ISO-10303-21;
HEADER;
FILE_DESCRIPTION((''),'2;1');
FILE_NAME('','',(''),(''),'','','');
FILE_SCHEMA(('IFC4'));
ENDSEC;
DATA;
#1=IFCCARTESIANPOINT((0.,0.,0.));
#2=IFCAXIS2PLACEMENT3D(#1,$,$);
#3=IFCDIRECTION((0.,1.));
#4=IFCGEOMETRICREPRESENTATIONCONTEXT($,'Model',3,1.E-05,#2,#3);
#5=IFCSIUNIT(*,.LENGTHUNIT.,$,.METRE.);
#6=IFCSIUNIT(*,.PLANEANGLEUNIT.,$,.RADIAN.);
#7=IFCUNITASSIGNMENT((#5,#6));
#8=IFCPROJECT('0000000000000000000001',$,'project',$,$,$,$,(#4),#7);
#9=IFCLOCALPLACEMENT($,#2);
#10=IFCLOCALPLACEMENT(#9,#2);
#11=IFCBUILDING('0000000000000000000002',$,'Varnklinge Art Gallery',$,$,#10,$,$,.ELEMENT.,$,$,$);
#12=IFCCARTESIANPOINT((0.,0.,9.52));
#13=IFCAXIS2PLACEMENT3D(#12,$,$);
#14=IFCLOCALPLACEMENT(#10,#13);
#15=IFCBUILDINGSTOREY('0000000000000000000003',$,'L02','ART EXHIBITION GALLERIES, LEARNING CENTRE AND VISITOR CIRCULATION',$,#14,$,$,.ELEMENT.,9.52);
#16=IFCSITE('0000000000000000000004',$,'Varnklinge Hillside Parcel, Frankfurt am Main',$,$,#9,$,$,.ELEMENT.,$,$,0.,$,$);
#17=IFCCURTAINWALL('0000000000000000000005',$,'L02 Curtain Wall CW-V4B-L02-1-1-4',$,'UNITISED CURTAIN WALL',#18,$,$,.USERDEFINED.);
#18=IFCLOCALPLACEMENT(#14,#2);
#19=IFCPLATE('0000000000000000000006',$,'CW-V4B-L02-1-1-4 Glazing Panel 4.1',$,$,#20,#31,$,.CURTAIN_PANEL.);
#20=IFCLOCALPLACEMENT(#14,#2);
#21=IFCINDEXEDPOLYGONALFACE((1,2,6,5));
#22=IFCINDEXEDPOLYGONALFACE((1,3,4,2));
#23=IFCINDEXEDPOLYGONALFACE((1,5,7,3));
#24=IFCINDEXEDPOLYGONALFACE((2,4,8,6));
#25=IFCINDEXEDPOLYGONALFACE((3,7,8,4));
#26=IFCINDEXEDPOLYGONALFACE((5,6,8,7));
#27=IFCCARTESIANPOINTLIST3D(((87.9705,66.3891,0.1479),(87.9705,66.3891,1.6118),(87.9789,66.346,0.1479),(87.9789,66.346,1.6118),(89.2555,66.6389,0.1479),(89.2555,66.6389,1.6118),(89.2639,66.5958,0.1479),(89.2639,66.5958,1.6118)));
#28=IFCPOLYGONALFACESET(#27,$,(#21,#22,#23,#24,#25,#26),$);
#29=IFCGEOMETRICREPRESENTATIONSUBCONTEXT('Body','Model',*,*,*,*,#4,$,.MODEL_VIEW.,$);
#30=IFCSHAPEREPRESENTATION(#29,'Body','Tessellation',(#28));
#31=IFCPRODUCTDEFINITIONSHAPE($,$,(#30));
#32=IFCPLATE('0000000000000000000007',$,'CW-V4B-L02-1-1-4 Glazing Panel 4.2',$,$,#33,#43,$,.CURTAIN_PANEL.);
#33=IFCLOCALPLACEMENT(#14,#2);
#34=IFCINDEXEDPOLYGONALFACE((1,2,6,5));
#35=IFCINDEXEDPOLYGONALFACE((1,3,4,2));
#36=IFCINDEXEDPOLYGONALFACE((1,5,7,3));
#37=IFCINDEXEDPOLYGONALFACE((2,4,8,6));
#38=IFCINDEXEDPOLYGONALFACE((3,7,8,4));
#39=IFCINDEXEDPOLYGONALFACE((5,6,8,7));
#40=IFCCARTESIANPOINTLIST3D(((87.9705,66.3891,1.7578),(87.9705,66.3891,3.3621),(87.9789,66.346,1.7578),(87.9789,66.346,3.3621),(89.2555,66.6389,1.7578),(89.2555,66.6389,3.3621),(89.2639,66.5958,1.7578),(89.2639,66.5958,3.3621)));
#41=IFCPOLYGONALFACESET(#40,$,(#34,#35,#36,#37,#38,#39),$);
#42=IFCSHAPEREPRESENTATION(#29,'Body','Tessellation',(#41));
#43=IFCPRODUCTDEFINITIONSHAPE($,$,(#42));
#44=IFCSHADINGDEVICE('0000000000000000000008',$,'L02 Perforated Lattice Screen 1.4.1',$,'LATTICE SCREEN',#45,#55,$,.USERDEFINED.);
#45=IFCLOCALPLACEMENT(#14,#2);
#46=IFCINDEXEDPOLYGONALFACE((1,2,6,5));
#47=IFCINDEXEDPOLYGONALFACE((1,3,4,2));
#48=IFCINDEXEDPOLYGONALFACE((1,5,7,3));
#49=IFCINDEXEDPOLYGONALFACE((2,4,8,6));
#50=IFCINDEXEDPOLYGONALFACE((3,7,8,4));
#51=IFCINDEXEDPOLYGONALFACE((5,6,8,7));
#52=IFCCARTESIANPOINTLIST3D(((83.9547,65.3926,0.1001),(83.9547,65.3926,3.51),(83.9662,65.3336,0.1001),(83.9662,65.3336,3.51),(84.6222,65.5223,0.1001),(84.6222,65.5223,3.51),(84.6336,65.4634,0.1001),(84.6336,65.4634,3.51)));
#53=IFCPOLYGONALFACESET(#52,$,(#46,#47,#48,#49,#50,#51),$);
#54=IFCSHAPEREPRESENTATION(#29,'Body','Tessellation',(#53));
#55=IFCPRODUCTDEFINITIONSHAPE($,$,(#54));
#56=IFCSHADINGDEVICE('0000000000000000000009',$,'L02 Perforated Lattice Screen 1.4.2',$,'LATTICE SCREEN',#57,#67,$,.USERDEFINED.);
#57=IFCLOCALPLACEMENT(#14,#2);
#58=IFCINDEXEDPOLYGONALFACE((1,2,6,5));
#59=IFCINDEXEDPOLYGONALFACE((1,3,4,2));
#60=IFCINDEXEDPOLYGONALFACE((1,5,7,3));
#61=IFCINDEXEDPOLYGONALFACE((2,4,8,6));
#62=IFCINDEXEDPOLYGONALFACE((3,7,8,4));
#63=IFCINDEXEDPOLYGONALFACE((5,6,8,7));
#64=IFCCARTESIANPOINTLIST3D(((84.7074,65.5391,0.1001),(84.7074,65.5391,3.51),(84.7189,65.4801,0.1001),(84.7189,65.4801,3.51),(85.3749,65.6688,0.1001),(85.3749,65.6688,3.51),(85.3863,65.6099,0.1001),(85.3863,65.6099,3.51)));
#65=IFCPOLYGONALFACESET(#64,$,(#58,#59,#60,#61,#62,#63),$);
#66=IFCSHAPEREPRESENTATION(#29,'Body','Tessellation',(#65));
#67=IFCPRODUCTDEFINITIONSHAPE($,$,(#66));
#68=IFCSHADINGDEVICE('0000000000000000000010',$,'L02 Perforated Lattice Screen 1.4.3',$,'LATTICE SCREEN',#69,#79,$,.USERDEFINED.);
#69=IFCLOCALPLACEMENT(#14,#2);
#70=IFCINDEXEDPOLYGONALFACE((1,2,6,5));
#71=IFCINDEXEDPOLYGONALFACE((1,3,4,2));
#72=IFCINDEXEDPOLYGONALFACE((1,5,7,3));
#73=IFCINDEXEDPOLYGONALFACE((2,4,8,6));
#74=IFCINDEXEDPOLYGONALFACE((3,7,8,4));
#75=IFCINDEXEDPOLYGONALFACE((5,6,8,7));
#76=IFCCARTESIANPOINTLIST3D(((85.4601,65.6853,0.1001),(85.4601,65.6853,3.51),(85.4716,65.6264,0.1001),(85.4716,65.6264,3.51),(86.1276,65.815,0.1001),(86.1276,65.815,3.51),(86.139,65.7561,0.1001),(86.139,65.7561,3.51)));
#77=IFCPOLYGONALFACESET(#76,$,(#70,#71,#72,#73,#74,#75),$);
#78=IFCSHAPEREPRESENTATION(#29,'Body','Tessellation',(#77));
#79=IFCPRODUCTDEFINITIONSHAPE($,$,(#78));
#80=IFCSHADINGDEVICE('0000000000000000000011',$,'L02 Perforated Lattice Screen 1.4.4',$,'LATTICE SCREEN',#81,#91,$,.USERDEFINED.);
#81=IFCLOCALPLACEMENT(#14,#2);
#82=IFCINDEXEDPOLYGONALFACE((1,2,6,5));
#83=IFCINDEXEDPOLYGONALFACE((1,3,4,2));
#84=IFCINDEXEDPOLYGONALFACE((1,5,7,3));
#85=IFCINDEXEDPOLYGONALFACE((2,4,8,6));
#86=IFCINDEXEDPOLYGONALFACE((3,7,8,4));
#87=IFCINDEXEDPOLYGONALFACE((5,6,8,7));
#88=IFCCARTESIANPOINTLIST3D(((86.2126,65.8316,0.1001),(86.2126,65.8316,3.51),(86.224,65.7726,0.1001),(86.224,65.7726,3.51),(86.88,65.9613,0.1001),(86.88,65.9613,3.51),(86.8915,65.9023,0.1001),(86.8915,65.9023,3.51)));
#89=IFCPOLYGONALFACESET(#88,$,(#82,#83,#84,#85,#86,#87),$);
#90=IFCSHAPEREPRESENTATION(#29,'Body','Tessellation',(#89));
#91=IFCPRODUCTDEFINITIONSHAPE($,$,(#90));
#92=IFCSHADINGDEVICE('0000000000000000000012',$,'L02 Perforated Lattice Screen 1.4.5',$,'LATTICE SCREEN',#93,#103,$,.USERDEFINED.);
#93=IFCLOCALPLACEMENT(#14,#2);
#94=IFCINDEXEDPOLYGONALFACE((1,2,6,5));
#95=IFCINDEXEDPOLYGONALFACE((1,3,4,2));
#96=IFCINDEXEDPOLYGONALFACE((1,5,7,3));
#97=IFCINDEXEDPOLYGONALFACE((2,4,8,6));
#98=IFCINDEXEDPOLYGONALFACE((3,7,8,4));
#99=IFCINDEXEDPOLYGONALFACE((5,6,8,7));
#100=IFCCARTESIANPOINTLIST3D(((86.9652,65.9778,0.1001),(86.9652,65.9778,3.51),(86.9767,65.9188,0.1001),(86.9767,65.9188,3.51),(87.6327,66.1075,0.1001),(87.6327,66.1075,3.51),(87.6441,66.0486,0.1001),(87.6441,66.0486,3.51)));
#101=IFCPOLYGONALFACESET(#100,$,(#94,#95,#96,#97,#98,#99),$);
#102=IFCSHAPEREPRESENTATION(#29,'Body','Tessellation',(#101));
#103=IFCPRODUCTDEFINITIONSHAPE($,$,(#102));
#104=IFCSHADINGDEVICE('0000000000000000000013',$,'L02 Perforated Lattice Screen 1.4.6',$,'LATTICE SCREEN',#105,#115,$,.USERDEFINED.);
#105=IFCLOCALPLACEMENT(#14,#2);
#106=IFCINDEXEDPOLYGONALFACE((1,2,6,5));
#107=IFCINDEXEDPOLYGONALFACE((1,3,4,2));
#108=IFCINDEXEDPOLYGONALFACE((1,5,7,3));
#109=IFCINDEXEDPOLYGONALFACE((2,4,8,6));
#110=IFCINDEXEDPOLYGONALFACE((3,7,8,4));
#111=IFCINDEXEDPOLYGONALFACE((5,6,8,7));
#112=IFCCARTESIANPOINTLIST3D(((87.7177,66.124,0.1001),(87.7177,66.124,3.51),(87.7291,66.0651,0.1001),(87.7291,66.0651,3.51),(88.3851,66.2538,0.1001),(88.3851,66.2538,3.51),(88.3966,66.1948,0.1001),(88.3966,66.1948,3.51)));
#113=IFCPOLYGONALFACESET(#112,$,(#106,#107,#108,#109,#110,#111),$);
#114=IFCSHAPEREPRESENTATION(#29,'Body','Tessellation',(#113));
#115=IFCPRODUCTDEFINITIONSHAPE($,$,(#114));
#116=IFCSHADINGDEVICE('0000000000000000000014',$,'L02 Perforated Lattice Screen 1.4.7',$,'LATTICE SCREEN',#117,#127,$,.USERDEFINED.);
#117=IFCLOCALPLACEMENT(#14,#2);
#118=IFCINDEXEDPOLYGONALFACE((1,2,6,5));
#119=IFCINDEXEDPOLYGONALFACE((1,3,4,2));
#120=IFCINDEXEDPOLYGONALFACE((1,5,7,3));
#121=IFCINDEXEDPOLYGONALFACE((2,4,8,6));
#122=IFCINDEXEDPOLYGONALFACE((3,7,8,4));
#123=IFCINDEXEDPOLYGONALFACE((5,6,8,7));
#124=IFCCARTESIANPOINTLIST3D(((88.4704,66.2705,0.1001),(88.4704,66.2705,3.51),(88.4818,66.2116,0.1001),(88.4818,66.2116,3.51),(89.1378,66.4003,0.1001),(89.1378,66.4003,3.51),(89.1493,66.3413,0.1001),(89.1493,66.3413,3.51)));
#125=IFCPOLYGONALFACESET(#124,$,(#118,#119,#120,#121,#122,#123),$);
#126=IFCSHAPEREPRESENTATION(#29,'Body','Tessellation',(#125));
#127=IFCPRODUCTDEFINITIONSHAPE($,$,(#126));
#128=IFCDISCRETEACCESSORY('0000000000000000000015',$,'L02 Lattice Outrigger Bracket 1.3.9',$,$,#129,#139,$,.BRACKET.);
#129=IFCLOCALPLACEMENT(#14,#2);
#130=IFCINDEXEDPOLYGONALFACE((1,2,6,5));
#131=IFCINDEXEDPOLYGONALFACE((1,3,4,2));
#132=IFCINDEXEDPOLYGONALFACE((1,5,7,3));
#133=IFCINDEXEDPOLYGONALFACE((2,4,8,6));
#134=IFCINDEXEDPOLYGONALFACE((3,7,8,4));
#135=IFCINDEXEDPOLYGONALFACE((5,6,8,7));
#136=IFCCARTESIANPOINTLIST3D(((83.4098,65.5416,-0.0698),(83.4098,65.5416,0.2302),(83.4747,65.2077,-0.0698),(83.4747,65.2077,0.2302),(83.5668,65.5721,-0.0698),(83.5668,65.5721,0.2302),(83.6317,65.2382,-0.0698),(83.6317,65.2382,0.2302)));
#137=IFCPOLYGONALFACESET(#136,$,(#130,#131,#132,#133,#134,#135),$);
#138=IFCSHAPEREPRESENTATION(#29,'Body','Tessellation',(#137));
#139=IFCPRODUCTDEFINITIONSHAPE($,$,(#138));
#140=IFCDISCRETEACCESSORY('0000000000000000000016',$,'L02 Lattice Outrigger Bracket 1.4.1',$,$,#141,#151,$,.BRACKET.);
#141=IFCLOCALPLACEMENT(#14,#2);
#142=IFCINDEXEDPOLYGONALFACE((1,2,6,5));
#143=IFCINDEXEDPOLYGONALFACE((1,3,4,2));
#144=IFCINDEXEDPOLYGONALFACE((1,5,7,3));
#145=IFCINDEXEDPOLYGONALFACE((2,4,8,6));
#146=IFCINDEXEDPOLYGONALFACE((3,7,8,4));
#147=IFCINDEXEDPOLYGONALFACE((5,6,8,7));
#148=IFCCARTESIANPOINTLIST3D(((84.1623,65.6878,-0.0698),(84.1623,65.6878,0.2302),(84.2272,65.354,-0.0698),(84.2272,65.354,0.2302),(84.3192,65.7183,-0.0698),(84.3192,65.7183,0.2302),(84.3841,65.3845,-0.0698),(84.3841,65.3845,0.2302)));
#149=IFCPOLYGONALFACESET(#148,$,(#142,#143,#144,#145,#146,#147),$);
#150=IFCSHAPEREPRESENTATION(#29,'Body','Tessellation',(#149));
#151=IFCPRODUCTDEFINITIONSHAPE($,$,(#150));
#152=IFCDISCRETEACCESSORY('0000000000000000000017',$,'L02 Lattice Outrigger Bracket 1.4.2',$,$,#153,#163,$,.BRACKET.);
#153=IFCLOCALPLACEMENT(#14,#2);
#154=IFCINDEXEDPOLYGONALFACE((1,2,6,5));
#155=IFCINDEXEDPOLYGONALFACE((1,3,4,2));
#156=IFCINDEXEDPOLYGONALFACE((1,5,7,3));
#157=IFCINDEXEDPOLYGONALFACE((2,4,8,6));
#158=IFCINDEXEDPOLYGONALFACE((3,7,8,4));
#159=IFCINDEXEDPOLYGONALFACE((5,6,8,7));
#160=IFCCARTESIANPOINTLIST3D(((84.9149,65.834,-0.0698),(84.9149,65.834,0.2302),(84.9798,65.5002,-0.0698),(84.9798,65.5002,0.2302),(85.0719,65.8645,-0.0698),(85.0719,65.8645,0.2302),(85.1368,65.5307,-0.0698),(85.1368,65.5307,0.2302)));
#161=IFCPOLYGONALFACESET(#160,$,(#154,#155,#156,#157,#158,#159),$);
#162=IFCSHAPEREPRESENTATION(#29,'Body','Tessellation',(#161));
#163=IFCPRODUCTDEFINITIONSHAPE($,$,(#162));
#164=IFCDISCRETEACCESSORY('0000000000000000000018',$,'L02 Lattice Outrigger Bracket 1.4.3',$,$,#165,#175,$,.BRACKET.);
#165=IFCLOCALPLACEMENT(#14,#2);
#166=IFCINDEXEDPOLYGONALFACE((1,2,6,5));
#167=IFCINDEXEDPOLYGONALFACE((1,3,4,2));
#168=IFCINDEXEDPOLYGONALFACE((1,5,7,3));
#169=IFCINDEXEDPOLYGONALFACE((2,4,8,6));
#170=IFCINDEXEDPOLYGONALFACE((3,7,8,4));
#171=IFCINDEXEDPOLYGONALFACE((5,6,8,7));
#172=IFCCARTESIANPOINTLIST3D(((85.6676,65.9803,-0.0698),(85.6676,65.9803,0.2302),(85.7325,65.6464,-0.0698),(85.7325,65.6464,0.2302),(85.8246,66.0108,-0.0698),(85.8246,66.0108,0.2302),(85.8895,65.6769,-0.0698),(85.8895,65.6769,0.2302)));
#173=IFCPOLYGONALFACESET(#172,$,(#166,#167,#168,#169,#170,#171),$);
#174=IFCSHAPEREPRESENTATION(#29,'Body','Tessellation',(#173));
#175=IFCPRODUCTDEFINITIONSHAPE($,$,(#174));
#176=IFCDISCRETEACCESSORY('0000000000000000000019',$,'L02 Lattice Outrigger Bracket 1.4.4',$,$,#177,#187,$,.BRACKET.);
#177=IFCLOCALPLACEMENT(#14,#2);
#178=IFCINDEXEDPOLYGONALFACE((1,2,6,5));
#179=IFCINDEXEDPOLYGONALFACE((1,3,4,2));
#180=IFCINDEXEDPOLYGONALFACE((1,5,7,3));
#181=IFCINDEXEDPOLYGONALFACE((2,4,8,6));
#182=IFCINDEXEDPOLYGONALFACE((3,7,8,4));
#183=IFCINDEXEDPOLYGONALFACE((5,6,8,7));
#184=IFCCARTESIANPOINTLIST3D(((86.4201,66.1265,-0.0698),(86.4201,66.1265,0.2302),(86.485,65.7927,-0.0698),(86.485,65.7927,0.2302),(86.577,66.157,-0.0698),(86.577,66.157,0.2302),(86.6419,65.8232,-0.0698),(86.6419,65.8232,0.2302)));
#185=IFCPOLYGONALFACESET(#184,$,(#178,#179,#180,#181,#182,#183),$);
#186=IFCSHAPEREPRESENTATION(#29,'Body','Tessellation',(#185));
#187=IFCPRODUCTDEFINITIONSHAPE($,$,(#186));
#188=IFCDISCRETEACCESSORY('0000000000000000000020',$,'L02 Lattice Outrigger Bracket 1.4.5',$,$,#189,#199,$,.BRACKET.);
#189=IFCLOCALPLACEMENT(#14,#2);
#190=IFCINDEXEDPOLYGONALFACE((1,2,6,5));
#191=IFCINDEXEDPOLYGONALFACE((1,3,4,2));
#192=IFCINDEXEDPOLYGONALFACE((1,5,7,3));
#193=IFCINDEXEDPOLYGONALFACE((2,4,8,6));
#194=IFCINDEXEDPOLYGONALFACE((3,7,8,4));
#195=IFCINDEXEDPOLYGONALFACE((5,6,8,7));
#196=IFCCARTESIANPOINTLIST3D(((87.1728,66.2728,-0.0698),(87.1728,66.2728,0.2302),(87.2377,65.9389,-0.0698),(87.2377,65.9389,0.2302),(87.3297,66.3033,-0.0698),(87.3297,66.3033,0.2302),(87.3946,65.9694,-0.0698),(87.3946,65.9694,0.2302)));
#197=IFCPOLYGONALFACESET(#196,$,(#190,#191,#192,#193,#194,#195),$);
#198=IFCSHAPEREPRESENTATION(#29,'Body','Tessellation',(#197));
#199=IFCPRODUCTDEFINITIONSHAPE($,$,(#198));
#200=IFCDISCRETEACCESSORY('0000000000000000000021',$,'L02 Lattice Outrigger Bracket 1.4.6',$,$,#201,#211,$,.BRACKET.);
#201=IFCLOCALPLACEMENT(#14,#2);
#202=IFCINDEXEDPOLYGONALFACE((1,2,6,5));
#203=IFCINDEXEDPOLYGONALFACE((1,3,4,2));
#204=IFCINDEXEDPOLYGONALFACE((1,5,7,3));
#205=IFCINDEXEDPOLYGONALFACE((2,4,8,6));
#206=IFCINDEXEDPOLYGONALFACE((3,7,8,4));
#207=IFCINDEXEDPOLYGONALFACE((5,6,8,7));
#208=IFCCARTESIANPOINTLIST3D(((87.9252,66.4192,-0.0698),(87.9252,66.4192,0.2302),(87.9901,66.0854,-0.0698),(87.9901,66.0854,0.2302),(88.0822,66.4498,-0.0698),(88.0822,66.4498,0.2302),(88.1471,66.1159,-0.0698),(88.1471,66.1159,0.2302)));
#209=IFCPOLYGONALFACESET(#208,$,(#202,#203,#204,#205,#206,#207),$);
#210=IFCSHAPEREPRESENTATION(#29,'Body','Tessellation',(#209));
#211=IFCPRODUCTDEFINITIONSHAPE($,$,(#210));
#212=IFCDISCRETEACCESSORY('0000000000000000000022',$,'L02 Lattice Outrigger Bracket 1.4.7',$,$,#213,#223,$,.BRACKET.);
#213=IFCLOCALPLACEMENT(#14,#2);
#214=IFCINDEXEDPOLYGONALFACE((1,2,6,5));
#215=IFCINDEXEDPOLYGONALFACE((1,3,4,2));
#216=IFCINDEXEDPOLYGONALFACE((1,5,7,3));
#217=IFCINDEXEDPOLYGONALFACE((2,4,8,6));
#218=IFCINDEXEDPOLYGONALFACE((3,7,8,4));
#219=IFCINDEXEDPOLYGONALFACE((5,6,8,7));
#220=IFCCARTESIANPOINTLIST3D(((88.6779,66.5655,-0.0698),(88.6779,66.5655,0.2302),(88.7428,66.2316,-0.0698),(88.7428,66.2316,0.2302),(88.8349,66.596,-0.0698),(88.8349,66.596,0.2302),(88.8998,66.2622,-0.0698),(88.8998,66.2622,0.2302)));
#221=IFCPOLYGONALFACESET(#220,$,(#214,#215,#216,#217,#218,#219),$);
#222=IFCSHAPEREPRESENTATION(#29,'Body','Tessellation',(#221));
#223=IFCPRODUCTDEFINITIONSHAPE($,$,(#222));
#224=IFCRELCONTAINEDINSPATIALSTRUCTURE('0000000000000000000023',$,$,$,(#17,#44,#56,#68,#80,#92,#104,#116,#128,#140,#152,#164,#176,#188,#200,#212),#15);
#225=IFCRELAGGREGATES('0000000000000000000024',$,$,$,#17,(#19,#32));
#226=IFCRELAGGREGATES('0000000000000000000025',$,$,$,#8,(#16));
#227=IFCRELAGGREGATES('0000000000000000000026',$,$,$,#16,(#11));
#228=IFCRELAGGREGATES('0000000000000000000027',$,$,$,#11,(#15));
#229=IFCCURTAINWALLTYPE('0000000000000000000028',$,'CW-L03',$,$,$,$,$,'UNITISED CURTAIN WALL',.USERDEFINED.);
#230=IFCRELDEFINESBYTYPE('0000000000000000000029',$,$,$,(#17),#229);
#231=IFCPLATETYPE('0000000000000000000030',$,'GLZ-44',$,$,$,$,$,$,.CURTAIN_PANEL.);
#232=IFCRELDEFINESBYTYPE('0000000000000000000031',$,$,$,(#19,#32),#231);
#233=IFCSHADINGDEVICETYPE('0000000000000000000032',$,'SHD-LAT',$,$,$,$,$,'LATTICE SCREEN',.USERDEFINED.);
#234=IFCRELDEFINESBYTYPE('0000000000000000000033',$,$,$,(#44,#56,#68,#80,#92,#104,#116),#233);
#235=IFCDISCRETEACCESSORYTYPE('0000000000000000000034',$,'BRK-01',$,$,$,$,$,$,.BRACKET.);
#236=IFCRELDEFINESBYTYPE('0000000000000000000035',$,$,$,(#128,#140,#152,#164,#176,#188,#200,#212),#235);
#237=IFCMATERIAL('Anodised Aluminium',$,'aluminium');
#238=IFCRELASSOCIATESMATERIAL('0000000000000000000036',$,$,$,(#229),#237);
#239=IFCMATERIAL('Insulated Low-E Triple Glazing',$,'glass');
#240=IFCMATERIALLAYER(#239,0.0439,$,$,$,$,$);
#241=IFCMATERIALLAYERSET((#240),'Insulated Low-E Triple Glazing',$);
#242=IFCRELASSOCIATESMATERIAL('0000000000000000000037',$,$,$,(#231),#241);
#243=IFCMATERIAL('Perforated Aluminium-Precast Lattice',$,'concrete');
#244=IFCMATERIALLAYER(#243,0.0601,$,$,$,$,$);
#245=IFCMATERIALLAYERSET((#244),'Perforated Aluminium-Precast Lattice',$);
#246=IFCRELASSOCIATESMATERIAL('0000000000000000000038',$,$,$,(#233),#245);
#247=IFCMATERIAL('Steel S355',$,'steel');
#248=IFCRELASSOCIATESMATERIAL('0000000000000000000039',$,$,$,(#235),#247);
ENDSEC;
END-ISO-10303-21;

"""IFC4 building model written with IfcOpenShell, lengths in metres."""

from ifc_helpers import new_model, si_unit, direction, frame, origin, origin_2d, place, context, subcontext, project, spatial, rectangle, extrude, material, layer, layer_set, type_object, element, aggregate, save


model = new_model("IFC4")

# Units and contexts
model_context = context("Model", 3, precision=1e-05, world=origin(), true_north=direction((0.0, 1.0)))
body_context = subcontext(model_context, "Body", "Model", "MODEL_VIEW")
ifc_project = project(units=[si_unit("LENGTHUNIT", "METRE"), si_unit("PLANEANGLEUNIT", "RADIAN")], contexts=[model_context])

# Site, building, storey
site_placement = place(None, origin())
site = spatial("IfcSite", under=ifc_project, at=site_placement, Name="Varnklinge Hillside Parcel, Frankfurt am Main", CompositionType="ELEMENT", RefElevation=0.0)
building_placement = place(site_placement, origin())
building = spatial("IfcBuilding", under=site, at=building_placement, Name="Varnklinge Art Gallery", CompositionType="ELEMENT")
storey_placement = place(building_placement, frame((0.0, 0.0, 9.52)))
storey = spatial("IfcBuildingStorey", under=building, at=storey_placement, Name="L02", Description="ART EXHIBITION GALLERIES, LEARNING CENTRE AND VISITOR CIRCULATION", CompositionType="ELEMENT", Elevation=9.52)

# Shared definitions
ifc_material_1 = material(Name="Anodised Aluminium", Category="aluminium")
curtain_wall_type = type_object("IfcCurtainWallType", Name="CW-L03", ElementType="UNITISED CURTAIN WALL", PredefinedType="USERDEFINED", material=ifc_material_1)

# Curtain wall
curtain_wall_1_placement = place(storey_placement, origin())
curtain_wall_1 = element("IfcCurtainWall", 1, at=curtain_wall_1_placement, inside=storey, type_object=curtain_wall_type, Name="L02 Curtain Wall CW-V4B-L02-1-1-4", ObjectType="UNITISED CURTAIN WALL", PredefinedType="USERDEFINED")

# Plates
ifc_material_2 = material(Name="Insulated Low-E Triple Glazing", Category="glass")
ifc_layer_1 = layer(ifc_material_2, 0.0439)
ifc_layer_set_1 = layer_set([ifc_layer_1], Name="Insulated Low-E Triple Glazing")
plate_type = type_object("IfcPlateType", Name="GLZ-44", PredefinedType="CURTAIN_PANEL", material=ifc_layer_set_1)
plate_1_placement = place(storey_placement, frame((88.6172, 66.4924, 0.1479), z_axis=(0.0, 0.0, 1.0), x_axis=(0.981627, 0.190809, 0.0)))
plate_1 = element("IfcPlate", 2, at=plate_1_placement, type_object=plate_type, Name="CW-V4B-L02-1-1-4 Glazing Panel 4.1", PredefinedType="CURTAIN_PANEL", context=body_context, shape_type="SweptSolid", body=[
    extrude(rectangle(XDim=1.3091, YDim=0.0439, at=origin_2d()), origin(), (0.0, 0.0, 1.0), 1.4639),
])
plate_2_placement = place(storey_placement, frame((88.6172, 66.4924, 1.7578), z_axis=(0.0, 0.0, 1.0), x_axis=(0.981627, 0.190809, 0.0)))
plate_2 = element("IfcPlate", 3, at=plate_2_placement, type_object=plate_type, Name="CW-V4B-L02-1-1-4 Glazing Panel 4.2", PredefinedType="CURTAIN_PANEL", context=body_context, shape_type="SweptSolid", body=[
    extrude(rectangle(XDim=1.3091, YDim=0.0439, at=origin_2d()), origin(), (0.0, 0.0, 1.0), 1.6042),
])
aggregate(curtain_wall_1, [plate_1, plate_2])

# Shading devices
ifc_material_3 = material(Name="Perforated Aluminium-Precast Lattice", Category="concrete")
ifc_layer_2 = layer(ifc_material_3, 0.0601)
ifc_layer_set_2 = layer_set([ifc_layer_2], Name="Perforated Aluminium-Precast Lattice")
shading_device_type = type_object("IfcShadingDeviceType", Name="SHD-LAT", ElementType="LATTICE SCREEN", PredefinedType="USERDEFINED", material=ifc_layer_set_2)
for number, where, z_axis, x_axis, name in (
    (4, (84.2942, 65.428, 0.1001), (0.0, 0.0, 1.0), (0.981627, 0.190809, 0.0), "L02 Perforated Lattice Screen 1.4.1"),
    (5, (85.0469, 65.5745, 0.1001), (0.0, 0.0, 1.0), (0.981627, 0.190809, 0.0), "L02 Perforated Lattice Screen 1.4.2"),
    (6, (85.7996, 65.7207, 0.1001), (0.0, 0.0, 1.0), (0.981627, 0.190809, 0.0), "L02 Perforated Lattice Screen 1.4.3"),
    (7, (86.552, 65.8669, 0.1001), (0.0, 0.0, 1.0), (0.981627, 0.190809, 0.0), "L02 Perforated Lattice Screen 1.4.4"),
    (8, (87.3047, 66.0132, 0.1001), (0.0, 0.0, 1.0), (0.981627, 0.190809, 0.0), "L02 Perforated Lattice Screen 1.4.5"),
    (9, (88.0571, 66.1594, 0.1001), (0.0, 0.0, 1.0), (0.981627, 0.190809, 0.0), "L02 Perforated Lattice Screen 1.4.6"),
    (10, (88.8098, 66.3059, 0.1001), (0.0, 0.0, 1.0), (0.981627, 0.190809, 0.0), "L02 Perforated Lattice Screen 1.4.7"),
):
    element("IfcShadingDevice", number, at=place(storey_placement, frame(where, z_axis=z_axis, x_axis=x_axis)), inside=storey, type_object=shading_device_type, Name=name, ObjectType="LATTICE SCREEN", PredefinedType="USERDEFINED", context=body_context, shape_type="SweptSolid", body=[
        extrude(rectangle(XDim=0.6799, YDim=0.0601, at=origin_2d()), origin(), (0.0, 0.0, 1.0), 3.4099),
    ])

# Discrete accessories
ifc_material_4 = material(Name="Steel S355", Category="steel")
discrete_accessory_type = type_object("IfcDiscreteAccessoryType", Name="BRK-01", PredefinedType="BRACKET", material=ifc_material_4)
for number, where, z_axis, x_axis, name in (
    (11, (83.5208, 65.3899, -0.0698), (0.0, 0.0, 1.0), (0.981627, 0.190809, 0.0), "L02 Lattice Outrigger Bracket 1.3.9"),
    (12, (84.2732, 65.5361, -0.0698), (0.0, 0.0, 1.0), (0.981627, 0.190809, 0.0), "L02 Lattice Outrigger Bracket 1.4.1"),
    (13, (85.0259, 65.6824, -0.0698), (0.0, 0.0, 1.0), (0.981627, 0.190809, 0.0), "L02 Lattice Outrigger Bracket 1.4.2"),
    (14, (85.7786, 65.8286, -0.0698), (0.0, 0.0, 1.0), (0.981627, 0.190809, 0.0), "L02 Lattice Outrigger Bracket 1.4.3"),
    (15, (86.531, 65.9749, -0.0698), (0.0, 0.0, 1.0), (0.981627, 0.190809, 0.0), "L02 Lattice Outrigger Bracket 1.4.4"),
    (16, (87.2837, 66.1211, -0.0698), (0.0, 0.0, 1.0), (0.981627, 0.190809, 0.0), "L02 Lattice Outrigger Bracket 1.4.5"),
    (17, (88.0361, 66.2676, -0.0698), (0.0, 0.0, 1.0), (0.981627, 0.190809, 0.0), "L02 Lattice Outrigger Bracket 1.4.6"),
    (18, (88.7888, 66.4138, -0.0698), (0.0, 0.0, 1.0), (0.981627, 0.190809, 0.0), "L02 Lattice Outrigger Bracket 1.4.7"),
):
    element("IfcDiscreteAccessory", number, at=place(storey_placement, frame(where, z_axis=z_axis, x_axis=x_axis)), inside=storey, type_object=discrete_accessory_type, Name=name, PredefinedType="BRACKET", context=body_context, shape_type="SweptSolid", body=[
        extrude(rectangle(XDim=0.1599, YDim=0.3401, at=origin_2d()), origin(), (0.0, 0.0, 1.0), 0.3),
    ])

save(model, "model.ifc")
